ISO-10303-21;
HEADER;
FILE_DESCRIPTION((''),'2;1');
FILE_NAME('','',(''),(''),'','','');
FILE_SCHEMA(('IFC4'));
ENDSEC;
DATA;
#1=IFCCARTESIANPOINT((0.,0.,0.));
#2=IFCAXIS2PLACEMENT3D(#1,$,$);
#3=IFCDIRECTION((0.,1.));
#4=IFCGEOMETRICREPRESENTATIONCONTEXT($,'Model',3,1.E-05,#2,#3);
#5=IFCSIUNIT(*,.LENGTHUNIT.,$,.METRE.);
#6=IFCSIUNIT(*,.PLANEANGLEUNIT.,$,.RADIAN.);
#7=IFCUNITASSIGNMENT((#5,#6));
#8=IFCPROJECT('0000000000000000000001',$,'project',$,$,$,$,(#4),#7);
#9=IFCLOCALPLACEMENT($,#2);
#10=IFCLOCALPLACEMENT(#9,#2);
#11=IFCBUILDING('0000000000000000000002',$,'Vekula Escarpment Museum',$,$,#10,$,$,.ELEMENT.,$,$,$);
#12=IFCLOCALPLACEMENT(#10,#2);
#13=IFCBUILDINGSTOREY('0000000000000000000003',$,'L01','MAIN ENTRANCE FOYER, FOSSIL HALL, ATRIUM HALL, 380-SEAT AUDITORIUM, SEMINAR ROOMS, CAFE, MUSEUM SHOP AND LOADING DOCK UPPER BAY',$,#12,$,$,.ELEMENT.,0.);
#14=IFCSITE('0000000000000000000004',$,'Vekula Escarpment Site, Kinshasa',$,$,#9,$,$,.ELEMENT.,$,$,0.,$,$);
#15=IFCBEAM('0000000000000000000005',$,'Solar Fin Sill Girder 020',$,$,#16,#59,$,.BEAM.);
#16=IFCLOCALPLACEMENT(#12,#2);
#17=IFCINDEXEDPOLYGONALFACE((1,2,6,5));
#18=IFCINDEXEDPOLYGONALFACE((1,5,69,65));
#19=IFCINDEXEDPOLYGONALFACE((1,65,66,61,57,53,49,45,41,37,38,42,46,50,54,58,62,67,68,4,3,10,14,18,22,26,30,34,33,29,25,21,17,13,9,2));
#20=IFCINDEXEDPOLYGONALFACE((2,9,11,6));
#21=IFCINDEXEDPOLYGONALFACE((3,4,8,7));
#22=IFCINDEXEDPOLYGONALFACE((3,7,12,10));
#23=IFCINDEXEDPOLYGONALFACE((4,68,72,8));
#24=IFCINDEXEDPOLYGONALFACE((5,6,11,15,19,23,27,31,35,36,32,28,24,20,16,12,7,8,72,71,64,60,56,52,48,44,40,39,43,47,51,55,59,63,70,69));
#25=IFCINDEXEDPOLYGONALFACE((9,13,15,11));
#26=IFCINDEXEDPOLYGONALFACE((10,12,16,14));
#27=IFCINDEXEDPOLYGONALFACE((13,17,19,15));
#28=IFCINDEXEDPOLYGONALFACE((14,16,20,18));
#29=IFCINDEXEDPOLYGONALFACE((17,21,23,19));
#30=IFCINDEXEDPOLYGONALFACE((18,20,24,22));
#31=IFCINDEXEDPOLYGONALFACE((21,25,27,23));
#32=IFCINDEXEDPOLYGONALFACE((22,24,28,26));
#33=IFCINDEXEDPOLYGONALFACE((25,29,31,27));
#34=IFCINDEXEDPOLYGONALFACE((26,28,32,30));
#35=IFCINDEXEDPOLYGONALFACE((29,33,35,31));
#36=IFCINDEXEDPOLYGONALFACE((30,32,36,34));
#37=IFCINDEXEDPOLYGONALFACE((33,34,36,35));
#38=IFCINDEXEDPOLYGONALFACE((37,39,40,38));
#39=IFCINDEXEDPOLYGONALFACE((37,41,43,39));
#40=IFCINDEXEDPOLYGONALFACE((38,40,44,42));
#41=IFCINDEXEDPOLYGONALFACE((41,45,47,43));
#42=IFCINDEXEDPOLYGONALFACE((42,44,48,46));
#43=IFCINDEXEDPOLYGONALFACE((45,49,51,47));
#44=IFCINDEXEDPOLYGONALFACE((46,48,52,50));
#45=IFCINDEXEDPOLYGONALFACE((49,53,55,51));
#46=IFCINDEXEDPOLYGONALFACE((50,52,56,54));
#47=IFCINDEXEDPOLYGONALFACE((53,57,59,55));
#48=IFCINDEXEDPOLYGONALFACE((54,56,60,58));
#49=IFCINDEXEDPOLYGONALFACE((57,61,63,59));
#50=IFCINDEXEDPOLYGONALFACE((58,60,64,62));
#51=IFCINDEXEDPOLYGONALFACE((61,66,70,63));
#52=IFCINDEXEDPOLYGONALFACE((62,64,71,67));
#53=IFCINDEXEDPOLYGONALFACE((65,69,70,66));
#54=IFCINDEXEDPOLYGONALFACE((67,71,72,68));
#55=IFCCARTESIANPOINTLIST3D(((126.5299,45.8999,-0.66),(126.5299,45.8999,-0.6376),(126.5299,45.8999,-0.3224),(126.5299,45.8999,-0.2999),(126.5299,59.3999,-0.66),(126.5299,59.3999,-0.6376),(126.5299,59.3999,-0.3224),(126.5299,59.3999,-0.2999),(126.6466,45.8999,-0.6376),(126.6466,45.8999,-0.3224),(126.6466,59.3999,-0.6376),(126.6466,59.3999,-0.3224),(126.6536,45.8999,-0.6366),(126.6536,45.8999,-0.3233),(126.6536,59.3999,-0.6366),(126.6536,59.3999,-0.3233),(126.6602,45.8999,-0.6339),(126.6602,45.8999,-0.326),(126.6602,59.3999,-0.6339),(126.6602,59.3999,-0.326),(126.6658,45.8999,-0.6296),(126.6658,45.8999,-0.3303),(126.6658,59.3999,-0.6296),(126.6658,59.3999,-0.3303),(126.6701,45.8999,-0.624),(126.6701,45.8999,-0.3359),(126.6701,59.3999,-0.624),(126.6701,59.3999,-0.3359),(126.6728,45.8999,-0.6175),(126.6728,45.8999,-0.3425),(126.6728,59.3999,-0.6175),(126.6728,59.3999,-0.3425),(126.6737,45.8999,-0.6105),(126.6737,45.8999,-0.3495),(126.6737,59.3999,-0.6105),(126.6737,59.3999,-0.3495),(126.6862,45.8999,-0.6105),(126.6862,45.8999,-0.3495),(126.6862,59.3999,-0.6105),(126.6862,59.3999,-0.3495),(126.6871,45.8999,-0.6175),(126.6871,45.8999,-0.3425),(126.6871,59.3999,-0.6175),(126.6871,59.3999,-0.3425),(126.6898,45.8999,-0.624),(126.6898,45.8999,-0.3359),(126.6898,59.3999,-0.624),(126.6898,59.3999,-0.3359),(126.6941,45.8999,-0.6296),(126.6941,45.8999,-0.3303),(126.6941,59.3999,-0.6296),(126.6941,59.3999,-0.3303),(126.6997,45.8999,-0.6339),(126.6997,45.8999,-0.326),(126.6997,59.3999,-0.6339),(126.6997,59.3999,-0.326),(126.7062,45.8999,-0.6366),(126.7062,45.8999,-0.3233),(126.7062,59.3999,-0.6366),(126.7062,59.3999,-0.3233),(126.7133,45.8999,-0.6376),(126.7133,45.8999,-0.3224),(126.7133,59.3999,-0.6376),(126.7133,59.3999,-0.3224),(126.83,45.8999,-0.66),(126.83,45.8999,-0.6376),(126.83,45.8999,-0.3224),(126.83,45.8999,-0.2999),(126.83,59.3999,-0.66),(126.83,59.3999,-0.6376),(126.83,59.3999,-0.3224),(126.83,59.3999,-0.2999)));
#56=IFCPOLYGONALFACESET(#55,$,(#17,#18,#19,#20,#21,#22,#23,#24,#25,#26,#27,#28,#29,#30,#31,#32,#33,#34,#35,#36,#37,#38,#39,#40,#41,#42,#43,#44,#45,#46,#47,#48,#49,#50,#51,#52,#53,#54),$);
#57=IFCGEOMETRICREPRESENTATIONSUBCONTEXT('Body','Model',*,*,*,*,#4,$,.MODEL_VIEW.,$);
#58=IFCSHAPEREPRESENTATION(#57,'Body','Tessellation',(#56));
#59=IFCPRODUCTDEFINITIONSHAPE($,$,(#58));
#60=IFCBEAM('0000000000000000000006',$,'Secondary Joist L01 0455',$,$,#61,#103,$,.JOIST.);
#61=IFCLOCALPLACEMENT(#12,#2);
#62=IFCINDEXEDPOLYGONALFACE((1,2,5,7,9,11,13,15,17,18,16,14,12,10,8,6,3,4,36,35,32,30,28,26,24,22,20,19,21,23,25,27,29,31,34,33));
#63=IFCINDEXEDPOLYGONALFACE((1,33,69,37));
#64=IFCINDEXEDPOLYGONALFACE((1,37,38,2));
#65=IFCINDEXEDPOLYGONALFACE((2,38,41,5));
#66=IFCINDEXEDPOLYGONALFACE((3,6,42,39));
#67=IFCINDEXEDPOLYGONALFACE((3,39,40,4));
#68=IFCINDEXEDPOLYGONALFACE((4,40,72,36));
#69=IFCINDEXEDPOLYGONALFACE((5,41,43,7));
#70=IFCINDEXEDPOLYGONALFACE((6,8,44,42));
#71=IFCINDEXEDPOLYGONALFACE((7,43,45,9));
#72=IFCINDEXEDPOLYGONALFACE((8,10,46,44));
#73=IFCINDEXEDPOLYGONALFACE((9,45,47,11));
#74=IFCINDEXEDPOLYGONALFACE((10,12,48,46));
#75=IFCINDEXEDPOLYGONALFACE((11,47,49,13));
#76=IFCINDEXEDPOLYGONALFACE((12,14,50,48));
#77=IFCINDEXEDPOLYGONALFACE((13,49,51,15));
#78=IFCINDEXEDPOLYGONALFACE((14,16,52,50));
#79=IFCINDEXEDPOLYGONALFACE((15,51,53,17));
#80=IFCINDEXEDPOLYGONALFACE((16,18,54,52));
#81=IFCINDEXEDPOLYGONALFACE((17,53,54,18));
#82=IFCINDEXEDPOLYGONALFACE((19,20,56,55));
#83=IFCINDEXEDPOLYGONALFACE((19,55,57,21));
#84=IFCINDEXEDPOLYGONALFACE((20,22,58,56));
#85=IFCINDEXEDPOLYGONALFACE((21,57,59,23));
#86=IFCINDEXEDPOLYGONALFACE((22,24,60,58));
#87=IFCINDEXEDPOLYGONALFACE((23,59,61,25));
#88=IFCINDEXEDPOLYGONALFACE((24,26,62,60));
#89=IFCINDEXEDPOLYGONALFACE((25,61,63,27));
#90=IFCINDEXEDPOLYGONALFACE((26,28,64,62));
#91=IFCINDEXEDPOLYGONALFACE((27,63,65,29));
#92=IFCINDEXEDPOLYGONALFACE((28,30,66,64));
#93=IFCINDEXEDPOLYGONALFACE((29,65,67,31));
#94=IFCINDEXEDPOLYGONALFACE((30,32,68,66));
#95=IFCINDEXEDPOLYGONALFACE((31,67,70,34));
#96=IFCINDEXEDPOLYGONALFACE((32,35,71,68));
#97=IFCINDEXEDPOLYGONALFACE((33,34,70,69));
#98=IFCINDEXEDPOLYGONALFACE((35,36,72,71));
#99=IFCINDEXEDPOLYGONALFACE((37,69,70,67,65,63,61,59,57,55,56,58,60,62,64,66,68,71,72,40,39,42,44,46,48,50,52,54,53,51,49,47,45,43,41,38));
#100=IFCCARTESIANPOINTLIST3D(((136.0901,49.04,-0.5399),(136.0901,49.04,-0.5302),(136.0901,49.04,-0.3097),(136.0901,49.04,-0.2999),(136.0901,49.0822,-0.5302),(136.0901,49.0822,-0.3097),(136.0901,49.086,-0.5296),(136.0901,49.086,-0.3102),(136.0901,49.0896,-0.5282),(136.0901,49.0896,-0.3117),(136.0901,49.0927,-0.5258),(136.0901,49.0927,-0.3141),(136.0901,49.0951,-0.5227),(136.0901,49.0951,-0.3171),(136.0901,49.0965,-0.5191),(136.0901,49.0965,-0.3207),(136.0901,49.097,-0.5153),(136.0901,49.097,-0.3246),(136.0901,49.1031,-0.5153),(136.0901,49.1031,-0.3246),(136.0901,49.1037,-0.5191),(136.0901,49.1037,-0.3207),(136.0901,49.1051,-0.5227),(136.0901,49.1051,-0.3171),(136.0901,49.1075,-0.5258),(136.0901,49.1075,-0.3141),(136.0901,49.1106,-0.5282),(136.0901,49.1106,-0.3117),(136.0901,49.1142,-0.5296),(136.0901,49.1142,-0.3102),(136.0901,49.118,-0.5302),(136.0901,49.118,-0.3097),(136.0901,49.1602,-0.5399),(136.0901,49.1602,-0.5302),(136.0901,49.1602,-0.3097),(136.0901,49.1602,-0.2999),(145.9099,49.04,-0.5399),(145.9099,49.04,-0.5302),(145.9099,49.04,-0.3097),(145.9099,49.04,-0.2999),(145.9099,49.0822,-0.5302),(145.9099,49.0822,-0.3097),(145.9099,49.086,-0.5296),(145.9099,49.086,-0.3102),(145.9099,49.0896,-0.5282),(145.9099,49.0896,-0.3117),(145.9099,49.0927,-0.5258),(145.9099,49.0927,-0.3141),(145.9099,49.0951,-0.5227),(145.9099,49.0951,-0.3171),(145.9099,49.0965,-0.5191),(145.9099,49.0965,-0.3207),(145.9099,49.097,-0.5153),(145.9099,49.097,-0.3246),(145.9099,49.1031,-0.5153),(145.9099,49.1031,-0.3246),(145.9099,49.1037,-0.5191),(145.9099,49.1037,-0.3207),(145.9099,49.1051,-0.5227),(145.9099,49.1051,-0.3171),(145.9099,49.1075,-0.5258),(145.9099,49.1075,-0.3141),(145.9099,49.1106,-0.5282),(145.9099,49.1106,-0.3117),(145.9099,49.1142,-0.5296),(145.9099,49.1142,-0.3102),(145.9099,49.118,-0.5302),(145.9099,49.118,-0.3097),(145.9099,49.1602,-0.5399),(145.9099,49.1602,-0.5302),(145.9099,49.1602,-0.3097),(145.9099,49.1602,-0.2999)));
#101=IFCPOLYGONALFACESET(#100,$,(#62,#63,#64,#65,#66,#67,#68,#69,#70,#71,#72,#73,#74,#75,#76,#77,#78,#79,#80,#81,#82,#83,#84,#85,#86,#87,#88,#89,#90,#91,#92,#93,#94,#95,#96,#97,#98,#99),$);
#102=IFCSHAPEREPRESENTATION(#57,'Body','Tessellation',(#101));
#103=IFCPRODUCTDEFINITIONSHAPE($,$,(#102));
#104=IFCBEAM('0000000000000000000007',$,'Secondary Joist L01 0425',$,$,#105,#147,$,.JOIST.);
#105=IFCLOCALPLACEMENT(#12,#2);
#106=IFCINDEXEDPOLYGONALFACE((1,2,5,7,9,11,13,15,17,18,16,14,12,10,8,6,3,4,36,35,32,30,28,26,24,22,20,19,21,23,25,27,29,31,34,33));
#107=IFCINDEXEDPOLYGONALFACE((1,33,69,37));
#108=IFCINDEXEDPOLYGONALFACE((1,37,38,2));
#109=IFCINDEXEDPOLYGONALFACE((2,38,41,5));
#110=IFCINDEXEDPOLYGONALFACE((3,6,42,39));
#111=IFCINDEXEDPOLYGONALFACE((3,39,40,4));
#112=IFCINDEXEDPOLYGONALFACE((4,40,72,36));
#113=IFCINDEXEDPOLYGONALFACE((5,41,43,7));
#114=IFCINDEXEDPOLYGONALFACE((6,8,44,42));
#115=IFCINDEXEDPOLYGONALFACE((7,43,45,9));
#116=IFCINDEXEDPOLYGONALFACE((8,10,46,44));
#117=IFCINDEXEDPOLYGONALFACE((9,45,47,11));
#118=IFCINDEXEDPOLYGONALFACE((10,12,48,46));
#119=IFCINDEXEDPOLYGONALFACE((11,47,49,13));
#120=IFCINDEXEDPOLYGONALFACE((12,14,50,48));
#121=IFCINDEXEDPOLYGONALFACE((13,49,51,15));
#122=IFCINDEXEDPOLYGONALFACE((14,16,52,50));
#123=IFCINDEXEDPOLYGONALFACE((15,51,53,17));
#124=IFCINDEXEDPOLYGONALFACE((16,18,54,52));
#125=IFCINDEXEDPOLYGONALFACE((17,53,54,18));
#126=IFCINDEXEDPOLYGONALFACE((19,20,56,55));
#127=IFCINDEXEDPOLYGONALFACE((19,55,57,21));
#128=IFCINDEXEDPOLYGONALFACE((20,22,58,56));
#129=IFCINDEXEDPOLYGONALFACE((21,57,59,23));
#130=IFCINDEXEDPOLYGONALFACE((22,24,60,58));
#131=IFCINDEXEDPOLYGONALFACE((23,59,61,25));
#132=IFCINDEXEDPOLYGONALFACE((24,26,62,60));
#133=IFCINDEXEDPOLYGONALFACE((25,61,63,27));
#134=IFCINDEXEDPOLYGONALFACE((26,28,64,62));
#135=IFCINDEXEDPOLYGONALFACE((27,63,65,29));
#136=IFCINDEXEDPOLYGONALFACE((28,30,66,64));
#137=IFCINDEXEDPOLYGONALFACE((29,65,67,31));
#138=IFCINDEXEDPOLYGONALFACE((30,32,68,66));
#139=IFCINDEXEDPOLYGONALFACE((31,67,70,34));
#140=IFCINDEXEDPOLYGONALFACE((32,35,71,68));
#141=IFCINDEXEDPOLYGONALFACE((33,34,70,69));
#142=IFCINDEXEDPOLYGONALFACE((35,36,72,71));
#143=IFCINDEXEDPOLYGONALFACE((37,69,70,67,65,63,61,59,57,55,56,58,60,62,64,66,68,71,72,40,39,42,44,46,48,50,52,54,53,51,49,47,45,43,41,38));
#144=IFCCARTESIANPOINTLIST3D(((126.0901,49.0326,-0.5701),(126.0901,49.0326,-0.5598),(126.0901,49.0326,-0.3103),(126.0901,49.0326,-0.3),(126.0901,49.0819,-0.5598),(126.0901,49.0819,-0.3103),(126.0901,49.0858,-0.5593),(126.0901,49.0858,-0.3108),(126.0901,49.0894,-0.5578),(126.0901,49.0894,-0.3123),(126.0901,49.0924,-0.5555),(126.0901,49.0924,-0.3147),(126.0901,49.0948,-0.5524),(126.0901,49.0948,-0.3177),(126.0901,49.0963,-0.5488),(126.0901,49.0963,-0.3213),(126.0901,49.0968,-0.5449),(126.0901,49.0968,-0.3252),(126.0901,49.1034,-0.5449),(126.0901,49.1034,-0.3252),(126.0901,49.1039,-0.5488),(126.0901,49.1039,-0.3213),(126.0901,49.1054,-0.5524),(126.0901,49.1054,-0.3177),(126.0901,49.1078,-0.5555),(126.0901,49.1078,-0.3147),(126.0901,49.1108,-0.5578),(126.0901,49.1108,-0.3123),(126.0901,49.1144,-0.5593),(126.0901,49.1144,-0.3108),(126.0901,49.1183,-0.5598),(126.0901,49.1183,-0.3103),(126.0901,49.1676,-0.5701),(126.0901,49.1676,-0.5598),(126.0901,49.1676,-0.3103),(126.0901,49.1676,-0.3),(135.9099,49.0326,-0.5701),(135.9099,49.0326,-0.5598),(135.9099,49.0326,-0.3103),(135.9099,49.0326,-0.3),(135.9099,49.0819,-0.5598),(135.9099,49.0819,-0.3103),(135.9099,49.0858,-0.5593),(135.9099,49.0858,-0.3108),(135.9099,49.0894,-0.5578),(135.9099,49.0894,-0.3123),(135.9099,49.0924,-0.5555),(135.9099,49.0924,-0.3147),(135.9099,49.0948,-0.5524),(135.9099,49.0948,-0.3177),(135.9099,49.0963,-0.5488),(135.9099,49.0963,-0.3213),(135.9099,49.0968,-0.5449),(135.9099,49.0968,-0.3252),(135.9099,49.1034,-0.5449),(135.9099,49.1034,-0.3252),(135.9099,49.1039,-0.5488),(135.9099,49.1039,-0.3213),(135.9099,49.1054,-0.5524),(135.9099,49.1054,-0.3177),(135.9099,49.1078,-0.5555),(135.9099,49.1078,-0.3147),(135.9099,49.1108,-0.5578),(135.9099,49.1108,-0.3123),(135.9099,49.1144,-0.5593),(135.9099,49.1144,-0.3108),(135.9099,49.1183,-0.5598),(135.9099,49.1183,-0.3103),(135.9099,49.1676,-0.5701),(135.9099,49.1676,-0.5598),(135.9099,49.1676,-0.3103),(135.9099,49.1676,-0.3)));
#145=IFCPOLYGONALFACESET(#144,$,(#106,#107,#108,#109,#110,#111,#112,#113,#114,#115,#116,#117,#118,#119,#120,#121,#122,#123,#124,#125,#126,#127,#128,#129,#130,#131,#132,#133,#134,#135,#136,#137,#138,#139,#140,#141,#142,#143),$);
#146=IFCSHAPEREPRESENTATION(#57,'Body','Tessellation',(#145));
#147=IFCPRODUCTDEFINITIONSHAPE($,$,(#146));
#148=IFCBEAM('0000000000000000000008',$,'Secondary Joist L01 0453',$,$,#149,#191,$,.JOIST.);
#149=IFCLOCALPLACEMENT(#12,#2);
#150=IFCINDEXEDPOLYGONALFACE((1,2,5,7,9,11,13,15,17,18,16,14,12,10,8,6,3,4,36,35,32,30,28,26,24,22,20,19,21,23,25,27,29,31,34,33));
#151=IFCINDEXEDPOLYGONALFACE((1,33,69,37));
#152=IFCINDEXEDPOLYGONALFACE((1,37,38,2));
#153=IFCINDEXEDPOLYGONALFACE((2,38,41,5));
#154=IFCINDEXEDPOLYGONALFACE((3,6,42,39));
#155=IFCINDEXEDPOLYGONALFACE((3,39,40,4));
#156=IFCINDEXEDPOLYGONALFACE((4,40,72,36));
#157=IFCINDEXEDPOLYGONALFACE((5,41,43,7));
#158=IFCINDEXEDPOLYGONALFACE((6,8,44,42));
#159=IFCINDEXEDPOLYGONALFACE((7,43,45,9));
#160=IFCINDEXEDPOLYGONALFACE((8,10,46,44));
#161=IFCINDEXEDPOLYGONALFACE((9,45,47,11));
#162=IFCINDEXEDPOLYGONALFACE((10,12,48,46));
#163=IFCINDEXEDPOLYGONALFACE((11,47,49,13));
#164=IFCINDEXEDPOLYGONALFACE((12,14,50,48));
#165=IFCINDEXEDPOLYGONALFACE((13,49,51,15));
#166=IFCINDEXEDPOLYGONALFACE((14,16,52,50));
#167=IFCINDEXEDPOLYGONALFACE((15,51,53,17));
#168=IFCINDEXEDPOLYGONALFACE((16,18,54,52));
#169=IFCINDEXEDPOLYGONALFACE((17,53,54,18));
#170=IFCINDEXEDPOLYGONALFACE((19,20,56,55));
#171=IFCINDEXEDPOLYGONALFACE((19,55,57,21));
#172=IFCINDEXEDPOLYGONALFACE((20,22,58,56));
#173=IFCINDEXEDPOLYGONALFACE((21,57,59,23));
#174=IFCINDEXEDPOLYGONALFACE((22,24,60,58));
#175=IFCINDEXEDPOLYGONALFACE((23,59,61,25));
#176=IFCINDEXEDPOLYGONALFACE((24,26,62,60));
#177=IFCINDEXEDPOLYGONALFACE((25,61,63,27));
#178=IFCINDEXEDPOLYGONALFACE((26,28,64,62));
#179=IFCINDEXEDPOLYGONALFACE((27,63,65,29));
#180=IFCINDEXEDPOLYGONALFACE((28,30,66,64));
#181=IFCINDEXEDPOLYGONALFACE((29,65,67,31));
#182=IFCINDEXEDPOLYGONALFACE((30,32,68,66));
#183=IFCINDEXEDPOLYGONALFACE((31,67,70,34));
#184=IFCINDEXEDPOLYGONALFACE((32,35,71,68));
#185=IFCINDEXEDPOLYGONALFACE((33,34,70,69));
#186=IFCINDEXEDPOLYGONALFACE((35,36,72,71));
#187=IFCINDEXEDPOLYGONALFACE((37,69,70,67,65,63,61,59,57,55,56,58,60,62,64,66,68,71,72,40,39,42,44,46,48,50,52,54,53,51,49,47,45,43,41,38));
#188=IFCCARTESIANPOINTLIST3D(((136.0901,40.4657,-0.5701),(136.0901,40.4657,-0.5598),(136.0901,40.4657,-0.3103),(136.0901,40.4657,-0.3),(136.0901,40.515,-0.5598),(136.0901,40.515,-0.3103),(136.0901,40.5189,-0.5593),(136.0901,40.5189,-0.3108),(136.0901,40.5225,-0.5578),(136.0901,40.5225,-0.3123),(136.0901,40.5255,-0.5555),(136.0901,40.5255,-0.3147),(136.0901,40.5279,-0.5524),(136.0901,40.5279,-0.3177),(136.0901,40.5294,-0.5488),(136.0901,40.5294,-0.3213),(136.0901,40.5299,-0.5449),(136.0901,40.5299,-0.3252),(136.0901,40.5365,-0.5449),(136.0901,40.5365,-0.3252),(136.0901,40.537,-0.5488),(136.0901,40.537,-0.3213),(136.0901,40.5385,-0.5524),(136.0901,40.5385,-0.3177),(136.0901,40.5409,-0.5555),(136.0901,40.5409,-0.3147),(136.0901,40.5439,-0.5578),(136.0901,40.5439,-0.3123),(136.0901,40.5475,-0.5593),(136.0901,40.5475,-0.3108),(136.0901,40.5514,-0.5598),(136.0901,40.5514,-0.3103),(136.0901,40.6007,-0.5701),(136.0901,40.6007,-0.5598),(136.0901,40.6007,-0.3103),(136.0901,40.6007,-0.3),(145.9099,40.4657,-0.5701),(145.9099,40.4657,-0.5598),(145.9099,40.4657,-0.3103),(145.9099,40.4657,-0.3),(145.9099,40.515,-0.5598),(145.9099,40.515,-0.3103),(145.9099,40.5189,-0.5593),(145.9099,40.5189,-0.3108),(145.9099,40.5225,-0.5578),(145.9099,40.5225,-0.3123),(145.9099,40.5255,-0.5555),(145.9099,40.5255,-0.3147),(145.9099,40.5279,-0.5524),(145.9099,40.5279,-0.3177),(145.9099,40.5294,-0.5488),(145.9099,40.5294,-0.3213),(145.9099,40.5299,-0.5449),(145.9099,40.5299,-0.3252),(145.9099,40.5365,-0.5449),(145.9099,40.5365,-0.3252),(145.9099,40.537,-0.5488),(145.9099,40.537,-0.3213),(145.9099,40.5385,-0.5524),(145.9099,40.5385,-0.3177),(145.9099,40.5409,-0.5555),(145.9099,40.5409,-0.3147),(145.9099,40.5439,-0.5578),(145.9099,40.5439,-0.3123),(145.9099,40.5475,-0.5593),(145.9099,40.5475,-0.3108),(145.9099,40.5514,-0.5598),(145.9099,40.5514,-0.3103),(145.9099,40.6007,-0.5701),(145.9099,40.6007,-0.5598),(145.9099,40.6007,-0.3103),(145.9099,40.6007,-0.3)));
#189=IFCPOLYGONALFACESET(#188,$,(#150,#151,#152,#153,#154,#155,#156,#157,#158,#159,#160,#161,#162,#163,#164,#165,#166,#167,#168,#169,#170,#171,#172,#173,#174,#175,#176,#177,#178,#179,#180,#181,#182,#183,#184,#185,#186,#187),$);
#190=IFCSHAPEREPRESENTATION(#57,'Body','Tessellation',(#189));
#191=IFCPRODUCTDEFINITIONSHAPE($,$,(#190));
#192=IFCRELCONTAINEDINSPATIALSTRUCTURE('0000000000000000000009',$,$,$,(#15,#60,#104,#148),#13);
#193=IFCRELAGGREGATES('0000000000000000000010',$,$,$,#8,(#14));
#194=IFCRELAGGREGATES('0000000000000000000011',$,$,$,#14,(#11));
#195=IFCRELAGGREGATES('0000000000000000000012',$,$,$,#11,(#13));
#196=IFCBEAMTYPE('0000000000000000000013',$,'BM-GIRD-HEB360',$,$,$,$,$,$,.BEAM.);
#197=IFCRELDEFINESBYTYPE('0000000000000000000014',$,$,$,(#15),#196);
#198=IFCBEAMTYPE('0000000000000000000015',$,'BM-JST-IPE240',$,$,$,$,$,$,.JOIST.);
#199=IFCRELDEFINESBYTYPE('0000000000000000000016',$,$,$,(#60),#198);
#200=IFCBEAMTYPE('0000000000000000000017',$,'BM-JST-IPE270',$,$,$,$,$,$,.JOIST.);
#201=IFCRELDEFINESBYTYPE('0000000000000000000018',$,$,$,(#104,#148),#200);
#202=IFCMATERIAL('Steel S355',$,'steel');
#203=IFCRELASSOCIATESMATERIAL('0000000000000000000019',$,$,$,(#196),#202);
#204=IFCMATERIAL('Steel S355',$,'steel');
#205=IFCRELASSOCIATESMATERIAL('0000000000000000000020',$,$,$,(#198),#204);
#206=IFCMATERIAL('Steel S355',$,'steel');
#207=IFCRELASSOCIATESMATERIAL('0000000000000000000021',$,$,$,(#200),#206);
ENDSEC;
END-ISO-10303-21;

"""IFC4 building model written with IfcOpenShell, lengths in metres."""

from ifc_helpers import new_model, si_unit, direction, frame, origin, origin_2d, place, context, subcontext, project, spatial, i_section, extrude, material, material_profile, profile_set, type_object, element, save


model = new_model("IFC4")

# Units and contexts
model_context = context("Model", 3, precision=1e-05, world=origin(), true_north=direction((0.0, 1.0)))
body_context = subcontext(model_context, "Body", "Model", "MODEL_VIEW")
ifc_project = project(units=[si_unit("LENGTHUNIT", "METRE"), si_unit("PLANEANGLEUNIT", "RADIAN")], contexts=[model_context])

# Site, building, storey
site_placement = place(None, origin())
site = spatial("IfcSite", under=ifc_project, at=site_placement, Name="Vekula Escarpment Site, Kinshasa", CompositionType="ELEMENT", RefElevation=0.0)
building_placement = place(site_placement, origin())
building = spatial("IfcBuilding", under=site, at=building_placement, Name="Vekula Escarpment Museum", CompositionType="ELEMENT")
storey_placement = place(building_placement, origin())
storey = spatial("IfcBuildingStorey", under=building, at=storey_placement, Name="L01", Description="MAIN ENTRANCE FOYER, FOSSIL HALL, ATRIUM HALL, 380-SEAT AUDITORIUM, SEMINAR ROOMS, CAFE, MUSEUM SHOP AND LOADING DOCK UPPER BAY", CompositionType="ELEMENT", Elevation=0.0)

# Beams
ifc_material_1 = material(Name="Steel S355", Category="steel")
ifc_material_profile_1 = material_profile(ifc_material_1, i_section(OverallWidth=0.3, OverallDepth=0.3601, WebThickness=0.0125, FlangeThickness=0.0225, FilletRadius=0.0271, at=origin_2d()), Name="HEB 360")
ifc_profile_set_1 = profile_set([ifc_material_profile_1], Name="Steel S355")
beam_type_1 = type_object("IfcBeamType", Name="BM-GIRD-HEB360", PredefinedType="BEAM", material=ifc_profile_set_1)
beam_1_placement = place(storey_placement, frame((126.6799, 45.8999, -0.48), z_axis=(0.0, 1.0, 0.0), x_axis=(-1.0, 0.0, 0.0)))
element("IfcBeam", 1, at=beam_1_placement, inside=storey, type_object=beam_type_1, Name="Solar Fin Sill Girder 020", PredefinedType="BEAM", context=body_context, shape_type="SweptSolid", body=[
    extrude(i_section(OverallWidth=0.3, OverallDepth=0.3601, WebThickness=0.0125, FlangeThickness=0.0225, FilletRadius=0.0271, at=origin_2d()), origin(), (0.0, 0.0, 1.0), 13.5),
])
ifc_material_2 = material(Name="Steel S355", Category="steel")
ifc_material_profile_2 = material_profile(ifc_material_2, i_section(OverallWidth=0.1201, OverallDepth=0.24, WebThickness=0.0061, FlangeThickness=0.0098, FilletRadius=0.0149, at=origin_2d()), Name="IPE 240")
ifc_profile_set_2 = profile_set([ifc_material_profile_2], Name="Steel S355")
beam_type_2 = type_object("IfcBeamType", Name="BM-JST-IPE240", PredefinedType="JOIST", material=ifc_profile_set_2)
beam_2_placement = place(storey_placement, frame((136.0901, 49.1001, -0.4199), z_axis=(1.0, 0.0, 0.0), x_axis=(0.0, 1.0, 0.0)))
element("IfcBeam", 2, at=beam_2_placement, inside=storey, type_object=beam_type_2, Name="Secondary Joist L01 0455", PredefinedType="JOIST", context=body_context, shape_type="SweptSolid", body=[
    extrude(i_section(OverallWidth=0.1201, OverallDepth=0.24, WebThickness=0.0061, FlangeThickness=0.0098, FilletRadius=0.0149, at=origin_2d()), origin(), (0.0, 0.0, 1.0), 9.8198),
])
ifc_material_3 = material(Name="Steel S355", Category="steel")
ifc_material_profile_3 = material_profile(ifc_material_3, i_section(OverallWidth=0.135, OverallDepth=0.27, WebThickness=0.0066, FlangeThickness=0.0103, FilletRadius=0.0149, at=origin_2d()), Name="IPE 270")
ifc_profile_set_3 = profile_set([ifc_material_profile_3], Name="Steel S355")
beam_type_3 = type_object("IfcBeamType", Name="BM-JST-IPE270", PredefinedType="JOIST", material=ifc_profile_set_3)
for number, where, z_axis, x_axis, name in (
    (3, (126.0901, 49.1001, -0.4351), (1.0, 0.0, 0.0), (0.0, 1.0, 0.0), "Secondary Joist L01 0425"),
    (4, (136.0901, 40.5332, -0.4351), (1.0, 0.0, 0.0), (0.0, 1.0, 0.0), "Secondary Joist L01 0453"),
):
    element("IfcBeam", number, at=place(storey_placement, frame(where, z_axis=z_axis, x_axis=x_axis)), inside=storey, type_object=beam_type_3, Name=name, PredefinedType="JOIST", context=body_context, shape_type="SweptSolid", body=[
        extrude(i_section(OverallWidth=0.135, OverallDepth=0.27, WebThickness=0.0066, FlangeThickness=0.0103, FilletRadius=0.0149, at=origin_2d()), origin(), (0.0, 0.0, 1.0), 9.8198),
    ])

save(model, "model.ifc")
